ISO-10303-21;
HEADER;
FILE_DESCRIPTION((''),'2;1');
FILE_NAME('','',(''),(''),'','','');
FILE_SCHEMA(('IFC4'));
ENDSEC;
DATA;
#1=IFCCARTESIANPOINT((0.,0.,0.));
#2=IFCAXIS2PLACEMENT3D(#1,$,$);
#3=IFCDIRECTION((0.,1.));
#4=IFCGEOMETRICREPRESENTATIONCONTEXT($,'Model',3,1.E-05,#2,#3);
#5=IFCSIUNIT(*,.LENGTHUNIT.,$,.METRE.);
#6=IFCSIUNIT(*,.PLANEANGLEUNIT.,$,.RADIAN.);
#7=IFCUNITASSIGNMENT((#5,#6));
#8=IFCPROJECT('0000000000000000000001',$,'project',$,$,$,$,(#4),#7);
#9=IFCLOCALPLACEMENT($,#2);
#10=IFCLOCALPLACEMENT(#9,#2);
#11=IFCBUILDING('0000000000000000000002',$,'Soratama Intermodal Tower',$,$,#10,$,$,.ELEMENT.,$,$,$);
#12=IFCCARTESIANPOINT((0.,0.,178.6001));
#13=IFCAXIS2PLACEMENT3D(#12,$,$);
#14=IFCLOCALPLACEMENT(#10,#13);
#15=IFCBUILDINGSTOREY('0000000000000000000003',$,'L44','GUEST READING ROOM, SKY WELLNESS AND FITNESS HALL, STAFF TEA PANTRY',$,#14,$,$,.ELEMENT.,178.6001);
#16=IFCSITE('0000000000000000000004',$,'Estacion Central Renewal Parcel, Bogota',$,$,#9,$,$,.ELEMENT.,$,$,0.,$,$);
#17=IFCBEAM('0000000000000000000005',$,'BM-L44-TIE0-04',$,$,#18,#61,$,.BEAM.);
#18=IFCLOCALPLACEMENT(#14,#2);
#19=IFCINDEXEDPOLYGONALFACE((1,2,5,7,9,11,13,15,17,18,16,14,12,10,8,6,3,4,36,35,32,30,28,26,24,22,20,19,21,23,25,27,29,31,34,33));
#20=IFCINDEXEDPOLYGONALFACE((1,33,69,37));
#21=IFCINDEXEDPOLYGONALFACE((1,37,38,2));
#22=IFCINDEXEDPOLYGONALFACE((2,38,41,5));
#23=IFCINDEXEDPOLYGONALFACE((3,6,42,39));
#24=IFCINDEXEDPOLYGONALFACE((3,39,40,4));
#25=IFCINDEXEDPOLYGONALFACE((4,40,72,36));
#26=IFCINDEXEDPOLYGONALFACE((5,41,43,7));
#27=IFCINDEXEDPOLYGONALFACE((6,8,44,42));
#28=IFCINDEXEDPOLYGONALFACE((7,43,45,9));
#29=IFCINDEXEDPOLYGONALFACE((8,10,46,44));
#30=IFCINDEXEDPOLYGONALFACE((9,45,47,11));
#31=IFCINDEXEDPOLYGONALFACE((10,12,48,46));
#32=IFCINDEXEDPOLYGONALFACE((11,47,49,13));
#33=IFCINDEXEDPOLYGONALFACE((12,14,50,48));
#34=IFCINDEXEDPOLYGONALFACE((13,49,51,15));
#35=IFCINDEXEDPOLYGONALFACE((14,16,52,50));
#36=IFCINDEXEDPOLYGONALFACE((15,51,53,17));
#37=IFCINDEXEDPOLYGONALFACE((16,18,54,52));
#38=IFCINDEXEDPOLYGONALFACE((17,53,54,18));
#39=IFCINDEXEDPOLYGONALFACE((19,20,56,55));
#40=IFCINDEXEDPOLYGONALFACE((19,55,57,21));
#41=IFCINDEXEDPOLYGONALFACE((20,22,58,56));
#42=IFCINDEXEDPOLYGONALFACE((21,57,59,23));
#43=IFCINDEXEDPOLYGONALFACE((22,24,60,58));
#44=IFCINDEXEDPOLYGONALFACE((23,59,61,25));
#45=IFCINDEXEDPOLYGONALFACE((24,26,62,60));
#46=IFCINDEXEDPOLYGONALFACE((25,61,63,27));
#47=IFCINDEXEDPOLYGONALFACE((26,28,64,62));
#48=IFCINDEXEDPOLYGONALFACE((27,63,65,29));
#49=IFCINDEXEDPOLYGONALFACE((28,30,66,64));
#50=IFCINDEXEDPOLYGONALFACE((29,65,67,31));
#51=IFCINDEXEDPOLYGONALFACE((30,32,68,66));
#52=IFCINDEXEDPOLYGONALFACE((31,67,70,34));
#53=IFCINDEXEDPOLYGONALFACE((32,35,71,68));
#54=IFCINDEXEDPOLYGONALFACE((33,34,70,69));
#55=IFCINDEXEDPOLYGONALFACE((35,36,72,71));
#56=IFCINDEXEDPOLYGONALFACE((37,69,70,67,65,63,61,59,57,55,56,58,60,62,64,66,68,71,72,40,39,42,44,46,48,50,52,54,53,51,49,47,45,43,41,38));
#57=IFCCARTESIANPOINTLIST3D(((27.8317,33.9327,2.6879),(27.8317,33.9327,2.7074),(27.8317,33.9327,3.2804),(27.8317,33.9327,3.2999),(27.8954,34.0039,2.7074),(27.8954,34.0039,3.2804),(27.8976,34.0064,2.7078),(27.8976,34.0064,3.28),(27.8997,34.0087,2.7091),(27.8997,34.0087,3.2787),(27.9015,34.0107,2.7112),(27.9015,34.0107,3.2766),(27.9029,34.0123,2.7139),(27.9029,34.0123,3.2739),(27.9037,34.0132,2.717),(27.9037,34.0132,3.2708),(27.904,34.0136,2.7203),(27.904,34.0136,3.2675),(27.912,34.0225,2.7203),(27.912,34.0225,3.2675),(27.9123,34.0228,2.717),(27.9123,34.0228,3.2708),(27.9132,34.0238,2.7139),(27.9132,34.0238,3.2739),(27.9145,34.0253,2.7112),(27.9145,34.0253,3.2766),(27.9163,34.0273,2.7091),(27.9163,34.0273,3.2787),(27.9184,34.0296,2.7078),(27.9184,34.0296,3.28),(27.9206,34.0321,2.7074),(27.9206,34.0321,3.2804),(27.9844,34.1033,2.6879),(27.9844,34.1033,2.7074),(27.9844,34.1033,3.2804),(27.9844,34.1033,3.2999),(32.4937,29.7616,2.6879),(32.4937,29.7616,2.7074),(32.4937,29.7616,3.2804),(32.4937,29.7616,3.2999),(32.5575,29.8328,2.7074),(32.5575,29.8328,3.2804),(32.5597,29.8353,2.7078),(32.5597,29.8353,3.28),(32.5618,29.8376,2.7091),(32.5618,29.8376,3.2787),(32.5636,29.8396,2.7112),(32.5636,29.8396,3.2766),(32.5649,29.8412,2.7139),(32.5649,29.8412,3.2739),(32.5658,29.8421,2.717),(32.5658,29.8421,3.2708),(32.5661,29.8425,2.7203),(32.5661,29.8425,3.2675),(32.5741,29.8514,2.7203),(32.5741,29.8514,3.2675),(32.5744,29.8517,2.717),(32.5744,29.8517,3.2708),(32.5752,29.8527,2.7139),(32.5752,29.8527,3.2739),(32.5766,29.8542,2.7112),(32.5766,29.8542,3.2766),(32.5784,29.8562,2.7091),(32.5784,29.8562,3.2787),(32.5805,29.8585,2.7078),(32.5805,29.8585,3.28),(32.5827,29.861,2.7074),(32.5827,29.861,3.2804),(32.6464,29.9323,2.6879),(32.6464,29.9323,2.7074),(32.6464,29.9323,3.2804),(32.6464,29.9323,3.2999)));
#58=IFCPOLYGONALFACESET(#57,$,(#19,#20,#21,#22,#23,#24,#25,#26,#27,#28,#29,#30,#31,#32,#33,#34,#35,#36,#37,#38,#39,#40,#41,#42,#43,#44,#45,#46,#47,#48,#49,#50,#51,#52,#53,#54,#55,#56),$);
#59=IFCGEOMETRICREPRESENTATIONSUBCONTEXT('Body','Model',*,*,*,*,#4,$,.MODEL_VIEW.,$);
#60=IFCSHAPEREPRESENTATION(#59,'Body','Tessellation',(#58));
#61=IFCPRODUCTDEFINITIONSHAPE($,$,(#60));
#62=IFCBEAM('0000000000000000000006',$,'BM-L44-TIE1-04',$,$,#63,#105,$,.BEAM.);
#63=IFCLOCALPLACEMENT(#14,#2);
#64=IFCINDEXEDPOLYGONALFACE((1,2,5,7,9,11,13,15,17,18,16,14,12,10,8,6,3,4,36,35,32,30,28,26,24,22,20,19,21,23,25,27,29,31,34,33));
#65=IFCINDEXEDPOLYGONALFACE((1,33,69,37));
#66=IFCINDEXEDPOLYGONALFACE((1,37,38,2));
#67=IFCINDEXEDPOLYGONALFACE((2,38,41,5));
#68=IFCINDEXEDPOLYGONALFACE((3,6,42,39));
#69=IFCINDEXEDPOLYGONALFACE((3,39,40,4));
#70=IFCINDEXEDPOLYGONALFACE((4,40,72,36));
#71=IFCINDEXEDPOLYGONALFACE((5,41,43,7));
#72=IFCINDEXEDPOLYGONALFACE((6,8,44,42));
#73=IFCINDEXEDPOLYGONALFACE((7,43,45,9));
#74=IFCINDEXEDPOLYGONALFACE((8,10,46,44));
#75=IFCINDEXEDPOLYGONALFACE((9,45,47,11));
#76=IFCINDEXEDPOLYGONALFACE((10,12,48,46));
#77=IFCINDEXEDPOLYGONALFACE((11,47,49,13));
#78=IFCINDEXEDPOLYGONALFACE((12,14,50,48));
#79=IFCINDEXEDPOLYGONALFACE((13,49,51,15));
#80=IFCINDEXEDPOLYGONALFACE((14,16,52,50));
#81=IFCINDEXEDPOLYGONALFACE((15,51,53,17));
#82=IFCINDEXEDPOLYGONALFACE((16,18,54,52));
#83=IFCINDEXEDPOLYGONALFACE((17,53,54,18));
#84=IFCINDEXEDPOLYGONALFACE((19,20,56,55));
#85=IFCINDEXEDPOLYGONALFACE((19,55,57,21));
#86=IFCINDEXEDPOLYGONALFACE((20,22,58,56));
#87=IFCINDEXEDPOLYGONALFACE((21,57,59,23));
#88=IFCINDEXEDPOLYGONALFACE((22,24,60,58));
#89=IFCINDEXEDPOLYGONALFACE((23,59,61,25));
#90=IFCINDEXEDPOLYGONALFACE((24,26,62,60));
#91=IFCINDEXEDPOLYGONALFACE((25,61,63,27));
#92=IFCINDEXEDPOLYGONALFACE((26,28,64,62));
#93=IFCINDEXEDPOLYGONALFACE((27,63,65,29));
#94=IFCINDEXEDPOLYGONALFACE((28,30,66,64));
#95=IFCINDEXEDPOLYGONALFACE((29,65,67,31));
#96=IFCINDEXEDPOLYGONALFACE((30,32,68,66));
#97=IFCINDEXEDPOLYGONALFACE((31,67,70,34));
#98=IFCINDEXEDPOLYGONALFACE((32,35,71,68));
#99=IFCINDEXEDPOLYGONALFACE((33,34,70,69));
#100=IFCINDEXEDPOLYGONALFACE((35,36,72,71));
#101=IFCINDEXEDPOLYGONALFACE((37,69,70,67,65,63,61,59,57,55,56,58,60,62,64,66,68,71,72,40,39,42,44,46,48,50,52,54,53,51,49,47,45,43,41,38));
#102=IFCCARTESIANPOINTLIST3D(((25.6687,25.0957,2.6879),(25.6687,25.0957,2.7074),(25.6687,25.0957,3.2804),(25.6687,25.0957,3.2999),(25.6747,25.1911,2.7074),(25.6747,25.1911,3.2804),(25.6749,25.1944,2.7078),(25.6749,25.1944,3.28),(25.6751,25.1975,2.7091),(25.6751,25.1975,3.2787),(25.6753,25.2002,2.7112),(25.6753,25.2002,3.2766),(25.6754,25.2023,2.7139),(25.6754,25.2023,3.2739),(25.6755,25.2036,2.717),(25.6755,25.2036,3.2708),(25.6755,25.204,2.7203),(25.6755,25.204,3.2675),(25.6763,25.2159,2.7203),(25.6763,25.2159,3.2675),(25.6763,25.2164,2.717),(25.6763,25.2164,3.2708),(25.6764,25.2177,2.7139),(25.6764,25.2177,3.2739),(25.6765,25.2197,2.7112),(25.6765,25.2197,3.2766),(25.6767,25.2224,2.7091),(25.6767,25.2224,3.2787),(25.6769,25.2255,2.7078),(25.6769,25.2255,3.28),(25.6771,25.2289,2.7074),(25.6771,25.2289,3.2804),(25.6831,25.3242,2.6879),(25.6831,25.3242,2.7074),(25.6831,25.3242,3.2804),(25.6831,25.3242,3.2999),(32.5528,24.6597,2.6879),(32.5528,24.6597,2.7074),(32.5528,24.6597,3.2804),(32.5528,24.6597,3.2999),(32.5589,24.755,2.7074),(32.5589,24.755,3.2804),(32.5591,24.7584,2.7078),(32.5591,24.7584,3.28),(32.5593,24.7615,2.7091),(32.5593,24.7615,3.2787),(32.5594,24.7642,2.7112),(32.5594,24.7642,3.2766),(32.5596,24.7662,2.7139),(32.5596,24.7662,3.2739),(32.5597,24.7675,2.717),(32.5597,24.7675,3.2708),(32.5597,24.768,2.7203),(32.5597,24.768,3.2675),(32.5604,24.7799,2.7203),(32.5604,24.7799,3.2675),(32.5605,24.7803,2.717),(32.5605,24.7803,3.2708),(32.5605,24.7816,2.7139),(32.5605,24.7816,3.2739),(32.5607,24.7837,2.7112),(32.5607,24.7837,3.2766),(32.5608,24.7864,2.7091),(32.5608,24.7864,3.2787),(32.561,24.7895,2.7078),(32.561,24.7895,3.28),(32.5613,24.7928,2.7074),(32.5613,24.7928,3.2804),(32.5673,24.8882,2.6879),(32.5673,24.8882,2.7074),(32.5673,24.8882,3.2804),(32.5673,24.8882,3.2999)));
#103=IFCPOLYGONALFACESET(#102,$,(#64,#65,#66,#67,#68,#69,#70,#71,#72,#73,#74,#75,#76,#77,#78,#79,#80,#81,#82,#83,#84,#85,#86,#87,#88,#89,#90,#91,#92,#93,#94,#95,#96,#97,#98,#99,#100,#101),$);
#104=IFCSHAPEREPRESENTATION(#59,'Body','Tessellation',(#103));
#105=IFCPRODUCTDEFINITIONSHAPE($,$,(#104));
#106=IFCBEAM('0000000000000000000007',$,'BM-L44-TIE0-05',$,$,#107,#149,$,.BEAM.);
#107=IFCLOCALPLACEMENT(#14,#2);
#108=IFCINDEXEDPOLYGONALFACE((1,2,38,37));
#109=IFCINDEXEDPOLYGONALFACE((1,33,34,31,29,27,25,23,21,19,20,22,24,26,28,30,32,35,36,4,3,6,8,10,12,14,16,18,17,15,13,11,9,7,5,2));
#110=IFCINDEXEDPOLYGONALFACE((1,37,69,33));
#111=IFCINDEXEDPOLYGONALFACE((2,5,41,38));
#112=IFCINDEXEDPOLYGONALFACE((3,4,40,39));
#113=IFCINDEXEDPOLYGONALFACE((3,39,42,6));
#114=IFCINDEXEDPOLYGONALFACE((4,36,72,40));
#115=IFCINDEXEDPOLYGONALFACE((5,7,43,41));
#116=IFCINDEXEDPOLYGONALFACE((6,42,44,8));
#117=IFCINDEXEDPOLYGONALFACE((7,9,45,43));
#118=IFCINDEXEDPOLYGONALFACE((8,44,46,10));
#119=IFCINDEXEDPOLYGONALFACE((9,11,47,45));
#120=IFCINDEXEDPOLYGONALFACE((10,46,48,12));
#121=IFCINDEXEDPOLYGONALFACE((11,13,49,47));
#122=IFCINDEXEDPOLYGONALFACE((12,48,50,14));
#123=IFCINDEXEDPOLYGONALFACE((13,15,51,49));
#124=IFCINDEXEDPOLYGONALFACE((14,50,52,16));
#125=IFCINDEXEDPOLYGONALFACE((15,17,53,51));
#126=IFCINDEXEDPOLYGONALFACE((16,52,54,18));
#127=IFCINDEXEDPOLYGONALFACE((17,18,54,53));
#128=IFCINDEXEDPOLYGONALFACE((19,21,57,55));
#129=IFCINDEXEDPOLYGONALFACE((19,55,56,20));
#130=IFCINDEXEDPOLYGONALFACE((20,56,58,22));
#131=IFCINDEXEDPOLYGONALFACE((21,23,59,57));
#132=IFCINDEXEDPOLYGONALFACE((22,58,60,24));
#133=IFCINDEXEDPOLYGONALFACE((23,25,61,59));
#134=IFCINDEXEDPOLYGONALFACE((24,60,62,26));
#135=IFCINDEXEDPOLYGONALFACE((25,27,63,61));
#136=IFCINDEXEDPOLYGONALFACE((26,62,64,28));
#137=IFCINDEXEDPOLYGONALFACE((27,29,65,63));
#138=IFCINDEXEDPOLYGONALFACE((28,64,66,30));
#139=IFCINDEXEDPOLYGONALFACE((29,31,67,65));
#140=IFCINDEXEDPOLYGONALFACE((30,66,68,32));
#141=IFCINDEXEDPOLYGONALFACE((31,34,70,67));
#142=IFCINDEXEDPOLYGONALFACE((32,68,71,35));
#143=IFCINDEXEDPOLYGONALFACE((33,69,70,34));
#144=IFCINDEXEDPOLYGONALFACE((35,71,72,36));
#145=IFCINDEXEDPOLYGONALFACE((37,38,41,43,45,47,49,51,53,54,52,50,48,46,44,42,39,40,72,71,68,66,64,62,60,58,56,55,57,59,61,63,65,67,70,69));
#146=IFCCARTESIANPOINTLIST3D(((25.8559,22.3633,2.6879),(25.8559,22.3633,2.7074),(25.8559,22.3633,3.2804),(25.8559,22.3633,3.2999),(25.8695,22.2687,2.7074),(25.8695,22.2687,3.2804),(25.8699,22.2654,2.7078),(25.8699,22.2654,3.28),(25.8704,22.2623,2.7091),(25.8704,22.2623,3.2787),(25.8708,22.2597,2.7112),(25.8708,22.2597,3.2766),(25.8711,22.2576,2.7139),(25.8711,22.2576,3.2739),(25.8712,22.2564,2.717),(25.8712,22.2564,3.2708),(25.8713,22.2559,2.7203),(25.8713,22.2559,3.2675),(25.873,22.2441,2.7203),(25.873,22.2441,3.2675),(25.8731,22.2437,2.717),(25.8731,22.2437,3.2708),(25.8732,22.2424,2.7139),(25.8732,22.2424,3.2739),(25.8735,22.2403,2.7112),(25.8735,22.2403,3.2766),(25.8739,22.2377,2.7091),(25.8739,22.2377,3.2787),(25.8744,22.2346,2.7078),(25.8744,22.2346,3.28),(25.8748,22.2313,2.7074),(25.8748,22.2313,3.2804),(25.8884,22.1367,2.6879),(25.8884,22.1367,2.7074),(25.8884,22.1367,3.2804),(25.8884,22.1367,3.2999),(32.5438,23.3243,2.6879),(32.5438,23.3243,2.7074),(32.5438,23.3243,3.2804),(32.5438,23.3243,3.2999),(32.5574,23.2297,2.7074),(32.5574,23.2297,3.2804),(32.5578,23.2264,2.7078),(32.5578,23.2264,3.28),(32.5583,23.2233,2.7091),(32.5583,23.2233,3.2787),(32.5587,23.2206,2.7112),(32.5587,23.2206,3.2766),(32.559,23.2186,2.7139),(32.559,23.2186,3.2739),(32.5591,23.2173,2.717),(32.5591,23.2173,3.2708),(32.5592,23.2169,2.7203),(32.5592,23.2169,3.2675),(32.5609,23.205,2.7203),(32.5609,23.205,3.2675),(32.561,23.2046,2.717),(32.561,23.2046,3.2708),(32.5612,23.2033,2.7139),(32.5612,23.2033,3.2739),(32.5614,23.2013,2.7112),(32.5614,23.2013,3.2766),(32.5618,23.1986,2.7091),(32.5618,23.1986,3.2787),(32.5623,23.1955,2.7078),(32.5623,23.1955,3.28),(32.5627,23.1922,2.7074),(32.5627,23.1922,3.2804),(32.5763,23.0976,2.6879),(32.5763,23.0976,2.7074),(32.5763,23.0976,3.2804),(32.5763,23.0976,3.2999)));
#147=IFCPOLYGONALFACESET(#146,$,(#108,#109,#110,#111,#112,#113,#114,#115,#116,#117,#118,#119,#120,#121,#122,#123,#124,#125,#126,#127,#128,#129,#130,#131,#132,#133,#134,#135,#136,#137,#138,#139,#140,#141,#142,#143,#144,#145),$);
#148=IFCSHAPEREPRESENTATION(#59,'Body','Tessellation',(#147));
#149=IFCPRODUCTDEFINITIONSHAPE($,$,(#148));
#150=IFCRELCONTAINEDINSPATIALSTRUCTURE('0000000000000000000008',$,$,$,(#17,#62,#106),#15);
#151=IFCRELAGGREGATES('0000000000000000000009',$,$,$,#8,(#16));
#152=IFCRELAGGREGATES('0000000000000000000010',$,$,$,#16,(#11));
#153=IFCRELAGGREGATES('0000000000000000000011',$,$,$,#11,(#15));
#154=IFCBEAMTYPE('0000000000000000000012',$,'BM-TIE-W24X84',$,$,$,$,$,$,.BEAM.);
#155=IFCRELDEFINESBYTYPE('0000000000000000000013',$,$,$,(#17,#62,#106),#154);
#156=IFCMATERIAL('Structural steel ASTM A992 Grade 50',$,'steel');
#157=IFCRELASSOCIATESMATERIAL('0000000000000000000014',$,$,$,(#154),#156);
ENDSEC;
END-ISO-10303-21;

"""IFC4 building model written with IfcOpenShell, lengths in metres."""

from ifc_helpers import new_model, si_unit, direction, frame, origin, origin_2d, place, context, subcontext, project, spatial, i_section, extrude, material, material_profile, profile_set, type_object, element, save


model = new_model("IFC4")

# Units and contexts
model_context = context("Model", 3, precision=1e-05, world=origin(), true_north=direction((0.0, 1.0)))
body_context = subcontext(model_context, "Body", "Model", "MODEL_VIEW")
ifc_project = project(units=[si_unit("LENGTHUNIT", "METRE"), si_unit("PLANEANGLEUNIT", "RADIAN")], contexts=[model_context])

# Site, building, storey
site_placement = place(None, origin())
site = spatial("IfcSite", under=ifc_project, at=site_placement, Name="Estacion Central Renewal Parcel, Bogota", CompositionType="ELEMENT", RefElevation=0.0)
building_placement = place(site_placement, origin())
building = spatial("IfcBuilding", under=site, at=building_placement, Name="Soratama Intermodal Tower", CompositionType="ELEMENT")
storey_placement = place(building_placement, frame((0.0, 0.0, 178.6001)))
storey = spatial("IfcBuildingStorey", under=building, at=storey_placement, Name="L44", Description="GUEST READING ROOM, SKY WELLNESS AND FITNESS HALL, STAFF TEA PANTRY", CompositionType="ELEMENT", Elevation=178.6001)

# Beams
ifc_material_1 = material(Name="Structural steel ASTM A992 Grade 50", Category="steel")
ifc_material_profile_1 = material_profile(ifc_material_1, i_section(OverallWidth=0.229, OverallDepth=0.6121, WebThickness=0.012, FlangeThickness=0.0195, FilletRadius=0.0129, at=origin_2d()), Name="W24X84")
ifc_profile_set_1 = profile_set([ifc_material_profile_1], Name="Structural steel ASTM A992 Grade 50")
beam_type_1 = type_object("IfcBeamType", Name="BM-TIE-W24X84", PredefinedType="BEAM", material=ifc_profile_set_1)
beam_1_placement = place(storey_placement, frame((32.5701, 29.8469, 2.9939), z_axis=(-0.745259, 0.666775, 0.0), x_axis=(-0.666775, -0.745259, 0.0)))
element("IfcBeam", 1, at=beam_1_placement, inside=storey, type_object=beam_type_1, Name="BM-L44-TIE0-04", PredefinedType="BEAM", context=body_context, shape_type="SweptSolid", body=[
    extrude(i_section(OverallWidth=0.229, OverallDepth=0.6121, WebThickness=0.012, FlangeThickness=0.0195, FilletRadius=0.0129, at=origin_2d()), origin(), (0.0, 0.0, 1.0), 6.2556),
])
beam_2_placement = place(storey_placement, frame((32.5601, 24.7739, 2.9939), z_axis=(-0.998, 0.063213, 0.0), x_axis=(-0.063213, -0.998, 0.0)))
element("IfcBeam", 2, at=beam_2_placement, inside=storey, type_object=beam_type_1, Name="BM-L44-TIE1-04", PredefinedType="BEAM", context=body_context, shape_type="SweptSolid", body=[
    extrude(i_section(OverallWidth=0.229, OverallDepth=0.6121, WebThickness=0.012, FlangeThickness=0.0195, FilletRadius=0.0129, at=origin_2d()), origin(), (0.0, 0.0, 1.0), 6.8979),
])
beam_3_placement = place(storey_placement, frame((32.5601, 23.2109, 2.9939), z_axis=(-0.989835, -0.142221, 0.0), x_axis=(0.142221, -0.989835, 0.0)))
element("IfcBeam", 3, at=beam_3_placement, inside=storey, type_object=beam_type_1, Name="BM-L44-TIE0-05", PredefinedType="BEAM", context=body_context, shape_type="SweptSolid", body=[
    extrude(i_section(OverallWidth=0.229, OverallDepth=0.6121, WebThickness=0.012, FlangeThickness=0.0195, FilletRadius=0.0129, at=origin_2d()), origin(), (0.0, 0.0, 1.0), 6.7566),
])

save(model, "model.ifc")
